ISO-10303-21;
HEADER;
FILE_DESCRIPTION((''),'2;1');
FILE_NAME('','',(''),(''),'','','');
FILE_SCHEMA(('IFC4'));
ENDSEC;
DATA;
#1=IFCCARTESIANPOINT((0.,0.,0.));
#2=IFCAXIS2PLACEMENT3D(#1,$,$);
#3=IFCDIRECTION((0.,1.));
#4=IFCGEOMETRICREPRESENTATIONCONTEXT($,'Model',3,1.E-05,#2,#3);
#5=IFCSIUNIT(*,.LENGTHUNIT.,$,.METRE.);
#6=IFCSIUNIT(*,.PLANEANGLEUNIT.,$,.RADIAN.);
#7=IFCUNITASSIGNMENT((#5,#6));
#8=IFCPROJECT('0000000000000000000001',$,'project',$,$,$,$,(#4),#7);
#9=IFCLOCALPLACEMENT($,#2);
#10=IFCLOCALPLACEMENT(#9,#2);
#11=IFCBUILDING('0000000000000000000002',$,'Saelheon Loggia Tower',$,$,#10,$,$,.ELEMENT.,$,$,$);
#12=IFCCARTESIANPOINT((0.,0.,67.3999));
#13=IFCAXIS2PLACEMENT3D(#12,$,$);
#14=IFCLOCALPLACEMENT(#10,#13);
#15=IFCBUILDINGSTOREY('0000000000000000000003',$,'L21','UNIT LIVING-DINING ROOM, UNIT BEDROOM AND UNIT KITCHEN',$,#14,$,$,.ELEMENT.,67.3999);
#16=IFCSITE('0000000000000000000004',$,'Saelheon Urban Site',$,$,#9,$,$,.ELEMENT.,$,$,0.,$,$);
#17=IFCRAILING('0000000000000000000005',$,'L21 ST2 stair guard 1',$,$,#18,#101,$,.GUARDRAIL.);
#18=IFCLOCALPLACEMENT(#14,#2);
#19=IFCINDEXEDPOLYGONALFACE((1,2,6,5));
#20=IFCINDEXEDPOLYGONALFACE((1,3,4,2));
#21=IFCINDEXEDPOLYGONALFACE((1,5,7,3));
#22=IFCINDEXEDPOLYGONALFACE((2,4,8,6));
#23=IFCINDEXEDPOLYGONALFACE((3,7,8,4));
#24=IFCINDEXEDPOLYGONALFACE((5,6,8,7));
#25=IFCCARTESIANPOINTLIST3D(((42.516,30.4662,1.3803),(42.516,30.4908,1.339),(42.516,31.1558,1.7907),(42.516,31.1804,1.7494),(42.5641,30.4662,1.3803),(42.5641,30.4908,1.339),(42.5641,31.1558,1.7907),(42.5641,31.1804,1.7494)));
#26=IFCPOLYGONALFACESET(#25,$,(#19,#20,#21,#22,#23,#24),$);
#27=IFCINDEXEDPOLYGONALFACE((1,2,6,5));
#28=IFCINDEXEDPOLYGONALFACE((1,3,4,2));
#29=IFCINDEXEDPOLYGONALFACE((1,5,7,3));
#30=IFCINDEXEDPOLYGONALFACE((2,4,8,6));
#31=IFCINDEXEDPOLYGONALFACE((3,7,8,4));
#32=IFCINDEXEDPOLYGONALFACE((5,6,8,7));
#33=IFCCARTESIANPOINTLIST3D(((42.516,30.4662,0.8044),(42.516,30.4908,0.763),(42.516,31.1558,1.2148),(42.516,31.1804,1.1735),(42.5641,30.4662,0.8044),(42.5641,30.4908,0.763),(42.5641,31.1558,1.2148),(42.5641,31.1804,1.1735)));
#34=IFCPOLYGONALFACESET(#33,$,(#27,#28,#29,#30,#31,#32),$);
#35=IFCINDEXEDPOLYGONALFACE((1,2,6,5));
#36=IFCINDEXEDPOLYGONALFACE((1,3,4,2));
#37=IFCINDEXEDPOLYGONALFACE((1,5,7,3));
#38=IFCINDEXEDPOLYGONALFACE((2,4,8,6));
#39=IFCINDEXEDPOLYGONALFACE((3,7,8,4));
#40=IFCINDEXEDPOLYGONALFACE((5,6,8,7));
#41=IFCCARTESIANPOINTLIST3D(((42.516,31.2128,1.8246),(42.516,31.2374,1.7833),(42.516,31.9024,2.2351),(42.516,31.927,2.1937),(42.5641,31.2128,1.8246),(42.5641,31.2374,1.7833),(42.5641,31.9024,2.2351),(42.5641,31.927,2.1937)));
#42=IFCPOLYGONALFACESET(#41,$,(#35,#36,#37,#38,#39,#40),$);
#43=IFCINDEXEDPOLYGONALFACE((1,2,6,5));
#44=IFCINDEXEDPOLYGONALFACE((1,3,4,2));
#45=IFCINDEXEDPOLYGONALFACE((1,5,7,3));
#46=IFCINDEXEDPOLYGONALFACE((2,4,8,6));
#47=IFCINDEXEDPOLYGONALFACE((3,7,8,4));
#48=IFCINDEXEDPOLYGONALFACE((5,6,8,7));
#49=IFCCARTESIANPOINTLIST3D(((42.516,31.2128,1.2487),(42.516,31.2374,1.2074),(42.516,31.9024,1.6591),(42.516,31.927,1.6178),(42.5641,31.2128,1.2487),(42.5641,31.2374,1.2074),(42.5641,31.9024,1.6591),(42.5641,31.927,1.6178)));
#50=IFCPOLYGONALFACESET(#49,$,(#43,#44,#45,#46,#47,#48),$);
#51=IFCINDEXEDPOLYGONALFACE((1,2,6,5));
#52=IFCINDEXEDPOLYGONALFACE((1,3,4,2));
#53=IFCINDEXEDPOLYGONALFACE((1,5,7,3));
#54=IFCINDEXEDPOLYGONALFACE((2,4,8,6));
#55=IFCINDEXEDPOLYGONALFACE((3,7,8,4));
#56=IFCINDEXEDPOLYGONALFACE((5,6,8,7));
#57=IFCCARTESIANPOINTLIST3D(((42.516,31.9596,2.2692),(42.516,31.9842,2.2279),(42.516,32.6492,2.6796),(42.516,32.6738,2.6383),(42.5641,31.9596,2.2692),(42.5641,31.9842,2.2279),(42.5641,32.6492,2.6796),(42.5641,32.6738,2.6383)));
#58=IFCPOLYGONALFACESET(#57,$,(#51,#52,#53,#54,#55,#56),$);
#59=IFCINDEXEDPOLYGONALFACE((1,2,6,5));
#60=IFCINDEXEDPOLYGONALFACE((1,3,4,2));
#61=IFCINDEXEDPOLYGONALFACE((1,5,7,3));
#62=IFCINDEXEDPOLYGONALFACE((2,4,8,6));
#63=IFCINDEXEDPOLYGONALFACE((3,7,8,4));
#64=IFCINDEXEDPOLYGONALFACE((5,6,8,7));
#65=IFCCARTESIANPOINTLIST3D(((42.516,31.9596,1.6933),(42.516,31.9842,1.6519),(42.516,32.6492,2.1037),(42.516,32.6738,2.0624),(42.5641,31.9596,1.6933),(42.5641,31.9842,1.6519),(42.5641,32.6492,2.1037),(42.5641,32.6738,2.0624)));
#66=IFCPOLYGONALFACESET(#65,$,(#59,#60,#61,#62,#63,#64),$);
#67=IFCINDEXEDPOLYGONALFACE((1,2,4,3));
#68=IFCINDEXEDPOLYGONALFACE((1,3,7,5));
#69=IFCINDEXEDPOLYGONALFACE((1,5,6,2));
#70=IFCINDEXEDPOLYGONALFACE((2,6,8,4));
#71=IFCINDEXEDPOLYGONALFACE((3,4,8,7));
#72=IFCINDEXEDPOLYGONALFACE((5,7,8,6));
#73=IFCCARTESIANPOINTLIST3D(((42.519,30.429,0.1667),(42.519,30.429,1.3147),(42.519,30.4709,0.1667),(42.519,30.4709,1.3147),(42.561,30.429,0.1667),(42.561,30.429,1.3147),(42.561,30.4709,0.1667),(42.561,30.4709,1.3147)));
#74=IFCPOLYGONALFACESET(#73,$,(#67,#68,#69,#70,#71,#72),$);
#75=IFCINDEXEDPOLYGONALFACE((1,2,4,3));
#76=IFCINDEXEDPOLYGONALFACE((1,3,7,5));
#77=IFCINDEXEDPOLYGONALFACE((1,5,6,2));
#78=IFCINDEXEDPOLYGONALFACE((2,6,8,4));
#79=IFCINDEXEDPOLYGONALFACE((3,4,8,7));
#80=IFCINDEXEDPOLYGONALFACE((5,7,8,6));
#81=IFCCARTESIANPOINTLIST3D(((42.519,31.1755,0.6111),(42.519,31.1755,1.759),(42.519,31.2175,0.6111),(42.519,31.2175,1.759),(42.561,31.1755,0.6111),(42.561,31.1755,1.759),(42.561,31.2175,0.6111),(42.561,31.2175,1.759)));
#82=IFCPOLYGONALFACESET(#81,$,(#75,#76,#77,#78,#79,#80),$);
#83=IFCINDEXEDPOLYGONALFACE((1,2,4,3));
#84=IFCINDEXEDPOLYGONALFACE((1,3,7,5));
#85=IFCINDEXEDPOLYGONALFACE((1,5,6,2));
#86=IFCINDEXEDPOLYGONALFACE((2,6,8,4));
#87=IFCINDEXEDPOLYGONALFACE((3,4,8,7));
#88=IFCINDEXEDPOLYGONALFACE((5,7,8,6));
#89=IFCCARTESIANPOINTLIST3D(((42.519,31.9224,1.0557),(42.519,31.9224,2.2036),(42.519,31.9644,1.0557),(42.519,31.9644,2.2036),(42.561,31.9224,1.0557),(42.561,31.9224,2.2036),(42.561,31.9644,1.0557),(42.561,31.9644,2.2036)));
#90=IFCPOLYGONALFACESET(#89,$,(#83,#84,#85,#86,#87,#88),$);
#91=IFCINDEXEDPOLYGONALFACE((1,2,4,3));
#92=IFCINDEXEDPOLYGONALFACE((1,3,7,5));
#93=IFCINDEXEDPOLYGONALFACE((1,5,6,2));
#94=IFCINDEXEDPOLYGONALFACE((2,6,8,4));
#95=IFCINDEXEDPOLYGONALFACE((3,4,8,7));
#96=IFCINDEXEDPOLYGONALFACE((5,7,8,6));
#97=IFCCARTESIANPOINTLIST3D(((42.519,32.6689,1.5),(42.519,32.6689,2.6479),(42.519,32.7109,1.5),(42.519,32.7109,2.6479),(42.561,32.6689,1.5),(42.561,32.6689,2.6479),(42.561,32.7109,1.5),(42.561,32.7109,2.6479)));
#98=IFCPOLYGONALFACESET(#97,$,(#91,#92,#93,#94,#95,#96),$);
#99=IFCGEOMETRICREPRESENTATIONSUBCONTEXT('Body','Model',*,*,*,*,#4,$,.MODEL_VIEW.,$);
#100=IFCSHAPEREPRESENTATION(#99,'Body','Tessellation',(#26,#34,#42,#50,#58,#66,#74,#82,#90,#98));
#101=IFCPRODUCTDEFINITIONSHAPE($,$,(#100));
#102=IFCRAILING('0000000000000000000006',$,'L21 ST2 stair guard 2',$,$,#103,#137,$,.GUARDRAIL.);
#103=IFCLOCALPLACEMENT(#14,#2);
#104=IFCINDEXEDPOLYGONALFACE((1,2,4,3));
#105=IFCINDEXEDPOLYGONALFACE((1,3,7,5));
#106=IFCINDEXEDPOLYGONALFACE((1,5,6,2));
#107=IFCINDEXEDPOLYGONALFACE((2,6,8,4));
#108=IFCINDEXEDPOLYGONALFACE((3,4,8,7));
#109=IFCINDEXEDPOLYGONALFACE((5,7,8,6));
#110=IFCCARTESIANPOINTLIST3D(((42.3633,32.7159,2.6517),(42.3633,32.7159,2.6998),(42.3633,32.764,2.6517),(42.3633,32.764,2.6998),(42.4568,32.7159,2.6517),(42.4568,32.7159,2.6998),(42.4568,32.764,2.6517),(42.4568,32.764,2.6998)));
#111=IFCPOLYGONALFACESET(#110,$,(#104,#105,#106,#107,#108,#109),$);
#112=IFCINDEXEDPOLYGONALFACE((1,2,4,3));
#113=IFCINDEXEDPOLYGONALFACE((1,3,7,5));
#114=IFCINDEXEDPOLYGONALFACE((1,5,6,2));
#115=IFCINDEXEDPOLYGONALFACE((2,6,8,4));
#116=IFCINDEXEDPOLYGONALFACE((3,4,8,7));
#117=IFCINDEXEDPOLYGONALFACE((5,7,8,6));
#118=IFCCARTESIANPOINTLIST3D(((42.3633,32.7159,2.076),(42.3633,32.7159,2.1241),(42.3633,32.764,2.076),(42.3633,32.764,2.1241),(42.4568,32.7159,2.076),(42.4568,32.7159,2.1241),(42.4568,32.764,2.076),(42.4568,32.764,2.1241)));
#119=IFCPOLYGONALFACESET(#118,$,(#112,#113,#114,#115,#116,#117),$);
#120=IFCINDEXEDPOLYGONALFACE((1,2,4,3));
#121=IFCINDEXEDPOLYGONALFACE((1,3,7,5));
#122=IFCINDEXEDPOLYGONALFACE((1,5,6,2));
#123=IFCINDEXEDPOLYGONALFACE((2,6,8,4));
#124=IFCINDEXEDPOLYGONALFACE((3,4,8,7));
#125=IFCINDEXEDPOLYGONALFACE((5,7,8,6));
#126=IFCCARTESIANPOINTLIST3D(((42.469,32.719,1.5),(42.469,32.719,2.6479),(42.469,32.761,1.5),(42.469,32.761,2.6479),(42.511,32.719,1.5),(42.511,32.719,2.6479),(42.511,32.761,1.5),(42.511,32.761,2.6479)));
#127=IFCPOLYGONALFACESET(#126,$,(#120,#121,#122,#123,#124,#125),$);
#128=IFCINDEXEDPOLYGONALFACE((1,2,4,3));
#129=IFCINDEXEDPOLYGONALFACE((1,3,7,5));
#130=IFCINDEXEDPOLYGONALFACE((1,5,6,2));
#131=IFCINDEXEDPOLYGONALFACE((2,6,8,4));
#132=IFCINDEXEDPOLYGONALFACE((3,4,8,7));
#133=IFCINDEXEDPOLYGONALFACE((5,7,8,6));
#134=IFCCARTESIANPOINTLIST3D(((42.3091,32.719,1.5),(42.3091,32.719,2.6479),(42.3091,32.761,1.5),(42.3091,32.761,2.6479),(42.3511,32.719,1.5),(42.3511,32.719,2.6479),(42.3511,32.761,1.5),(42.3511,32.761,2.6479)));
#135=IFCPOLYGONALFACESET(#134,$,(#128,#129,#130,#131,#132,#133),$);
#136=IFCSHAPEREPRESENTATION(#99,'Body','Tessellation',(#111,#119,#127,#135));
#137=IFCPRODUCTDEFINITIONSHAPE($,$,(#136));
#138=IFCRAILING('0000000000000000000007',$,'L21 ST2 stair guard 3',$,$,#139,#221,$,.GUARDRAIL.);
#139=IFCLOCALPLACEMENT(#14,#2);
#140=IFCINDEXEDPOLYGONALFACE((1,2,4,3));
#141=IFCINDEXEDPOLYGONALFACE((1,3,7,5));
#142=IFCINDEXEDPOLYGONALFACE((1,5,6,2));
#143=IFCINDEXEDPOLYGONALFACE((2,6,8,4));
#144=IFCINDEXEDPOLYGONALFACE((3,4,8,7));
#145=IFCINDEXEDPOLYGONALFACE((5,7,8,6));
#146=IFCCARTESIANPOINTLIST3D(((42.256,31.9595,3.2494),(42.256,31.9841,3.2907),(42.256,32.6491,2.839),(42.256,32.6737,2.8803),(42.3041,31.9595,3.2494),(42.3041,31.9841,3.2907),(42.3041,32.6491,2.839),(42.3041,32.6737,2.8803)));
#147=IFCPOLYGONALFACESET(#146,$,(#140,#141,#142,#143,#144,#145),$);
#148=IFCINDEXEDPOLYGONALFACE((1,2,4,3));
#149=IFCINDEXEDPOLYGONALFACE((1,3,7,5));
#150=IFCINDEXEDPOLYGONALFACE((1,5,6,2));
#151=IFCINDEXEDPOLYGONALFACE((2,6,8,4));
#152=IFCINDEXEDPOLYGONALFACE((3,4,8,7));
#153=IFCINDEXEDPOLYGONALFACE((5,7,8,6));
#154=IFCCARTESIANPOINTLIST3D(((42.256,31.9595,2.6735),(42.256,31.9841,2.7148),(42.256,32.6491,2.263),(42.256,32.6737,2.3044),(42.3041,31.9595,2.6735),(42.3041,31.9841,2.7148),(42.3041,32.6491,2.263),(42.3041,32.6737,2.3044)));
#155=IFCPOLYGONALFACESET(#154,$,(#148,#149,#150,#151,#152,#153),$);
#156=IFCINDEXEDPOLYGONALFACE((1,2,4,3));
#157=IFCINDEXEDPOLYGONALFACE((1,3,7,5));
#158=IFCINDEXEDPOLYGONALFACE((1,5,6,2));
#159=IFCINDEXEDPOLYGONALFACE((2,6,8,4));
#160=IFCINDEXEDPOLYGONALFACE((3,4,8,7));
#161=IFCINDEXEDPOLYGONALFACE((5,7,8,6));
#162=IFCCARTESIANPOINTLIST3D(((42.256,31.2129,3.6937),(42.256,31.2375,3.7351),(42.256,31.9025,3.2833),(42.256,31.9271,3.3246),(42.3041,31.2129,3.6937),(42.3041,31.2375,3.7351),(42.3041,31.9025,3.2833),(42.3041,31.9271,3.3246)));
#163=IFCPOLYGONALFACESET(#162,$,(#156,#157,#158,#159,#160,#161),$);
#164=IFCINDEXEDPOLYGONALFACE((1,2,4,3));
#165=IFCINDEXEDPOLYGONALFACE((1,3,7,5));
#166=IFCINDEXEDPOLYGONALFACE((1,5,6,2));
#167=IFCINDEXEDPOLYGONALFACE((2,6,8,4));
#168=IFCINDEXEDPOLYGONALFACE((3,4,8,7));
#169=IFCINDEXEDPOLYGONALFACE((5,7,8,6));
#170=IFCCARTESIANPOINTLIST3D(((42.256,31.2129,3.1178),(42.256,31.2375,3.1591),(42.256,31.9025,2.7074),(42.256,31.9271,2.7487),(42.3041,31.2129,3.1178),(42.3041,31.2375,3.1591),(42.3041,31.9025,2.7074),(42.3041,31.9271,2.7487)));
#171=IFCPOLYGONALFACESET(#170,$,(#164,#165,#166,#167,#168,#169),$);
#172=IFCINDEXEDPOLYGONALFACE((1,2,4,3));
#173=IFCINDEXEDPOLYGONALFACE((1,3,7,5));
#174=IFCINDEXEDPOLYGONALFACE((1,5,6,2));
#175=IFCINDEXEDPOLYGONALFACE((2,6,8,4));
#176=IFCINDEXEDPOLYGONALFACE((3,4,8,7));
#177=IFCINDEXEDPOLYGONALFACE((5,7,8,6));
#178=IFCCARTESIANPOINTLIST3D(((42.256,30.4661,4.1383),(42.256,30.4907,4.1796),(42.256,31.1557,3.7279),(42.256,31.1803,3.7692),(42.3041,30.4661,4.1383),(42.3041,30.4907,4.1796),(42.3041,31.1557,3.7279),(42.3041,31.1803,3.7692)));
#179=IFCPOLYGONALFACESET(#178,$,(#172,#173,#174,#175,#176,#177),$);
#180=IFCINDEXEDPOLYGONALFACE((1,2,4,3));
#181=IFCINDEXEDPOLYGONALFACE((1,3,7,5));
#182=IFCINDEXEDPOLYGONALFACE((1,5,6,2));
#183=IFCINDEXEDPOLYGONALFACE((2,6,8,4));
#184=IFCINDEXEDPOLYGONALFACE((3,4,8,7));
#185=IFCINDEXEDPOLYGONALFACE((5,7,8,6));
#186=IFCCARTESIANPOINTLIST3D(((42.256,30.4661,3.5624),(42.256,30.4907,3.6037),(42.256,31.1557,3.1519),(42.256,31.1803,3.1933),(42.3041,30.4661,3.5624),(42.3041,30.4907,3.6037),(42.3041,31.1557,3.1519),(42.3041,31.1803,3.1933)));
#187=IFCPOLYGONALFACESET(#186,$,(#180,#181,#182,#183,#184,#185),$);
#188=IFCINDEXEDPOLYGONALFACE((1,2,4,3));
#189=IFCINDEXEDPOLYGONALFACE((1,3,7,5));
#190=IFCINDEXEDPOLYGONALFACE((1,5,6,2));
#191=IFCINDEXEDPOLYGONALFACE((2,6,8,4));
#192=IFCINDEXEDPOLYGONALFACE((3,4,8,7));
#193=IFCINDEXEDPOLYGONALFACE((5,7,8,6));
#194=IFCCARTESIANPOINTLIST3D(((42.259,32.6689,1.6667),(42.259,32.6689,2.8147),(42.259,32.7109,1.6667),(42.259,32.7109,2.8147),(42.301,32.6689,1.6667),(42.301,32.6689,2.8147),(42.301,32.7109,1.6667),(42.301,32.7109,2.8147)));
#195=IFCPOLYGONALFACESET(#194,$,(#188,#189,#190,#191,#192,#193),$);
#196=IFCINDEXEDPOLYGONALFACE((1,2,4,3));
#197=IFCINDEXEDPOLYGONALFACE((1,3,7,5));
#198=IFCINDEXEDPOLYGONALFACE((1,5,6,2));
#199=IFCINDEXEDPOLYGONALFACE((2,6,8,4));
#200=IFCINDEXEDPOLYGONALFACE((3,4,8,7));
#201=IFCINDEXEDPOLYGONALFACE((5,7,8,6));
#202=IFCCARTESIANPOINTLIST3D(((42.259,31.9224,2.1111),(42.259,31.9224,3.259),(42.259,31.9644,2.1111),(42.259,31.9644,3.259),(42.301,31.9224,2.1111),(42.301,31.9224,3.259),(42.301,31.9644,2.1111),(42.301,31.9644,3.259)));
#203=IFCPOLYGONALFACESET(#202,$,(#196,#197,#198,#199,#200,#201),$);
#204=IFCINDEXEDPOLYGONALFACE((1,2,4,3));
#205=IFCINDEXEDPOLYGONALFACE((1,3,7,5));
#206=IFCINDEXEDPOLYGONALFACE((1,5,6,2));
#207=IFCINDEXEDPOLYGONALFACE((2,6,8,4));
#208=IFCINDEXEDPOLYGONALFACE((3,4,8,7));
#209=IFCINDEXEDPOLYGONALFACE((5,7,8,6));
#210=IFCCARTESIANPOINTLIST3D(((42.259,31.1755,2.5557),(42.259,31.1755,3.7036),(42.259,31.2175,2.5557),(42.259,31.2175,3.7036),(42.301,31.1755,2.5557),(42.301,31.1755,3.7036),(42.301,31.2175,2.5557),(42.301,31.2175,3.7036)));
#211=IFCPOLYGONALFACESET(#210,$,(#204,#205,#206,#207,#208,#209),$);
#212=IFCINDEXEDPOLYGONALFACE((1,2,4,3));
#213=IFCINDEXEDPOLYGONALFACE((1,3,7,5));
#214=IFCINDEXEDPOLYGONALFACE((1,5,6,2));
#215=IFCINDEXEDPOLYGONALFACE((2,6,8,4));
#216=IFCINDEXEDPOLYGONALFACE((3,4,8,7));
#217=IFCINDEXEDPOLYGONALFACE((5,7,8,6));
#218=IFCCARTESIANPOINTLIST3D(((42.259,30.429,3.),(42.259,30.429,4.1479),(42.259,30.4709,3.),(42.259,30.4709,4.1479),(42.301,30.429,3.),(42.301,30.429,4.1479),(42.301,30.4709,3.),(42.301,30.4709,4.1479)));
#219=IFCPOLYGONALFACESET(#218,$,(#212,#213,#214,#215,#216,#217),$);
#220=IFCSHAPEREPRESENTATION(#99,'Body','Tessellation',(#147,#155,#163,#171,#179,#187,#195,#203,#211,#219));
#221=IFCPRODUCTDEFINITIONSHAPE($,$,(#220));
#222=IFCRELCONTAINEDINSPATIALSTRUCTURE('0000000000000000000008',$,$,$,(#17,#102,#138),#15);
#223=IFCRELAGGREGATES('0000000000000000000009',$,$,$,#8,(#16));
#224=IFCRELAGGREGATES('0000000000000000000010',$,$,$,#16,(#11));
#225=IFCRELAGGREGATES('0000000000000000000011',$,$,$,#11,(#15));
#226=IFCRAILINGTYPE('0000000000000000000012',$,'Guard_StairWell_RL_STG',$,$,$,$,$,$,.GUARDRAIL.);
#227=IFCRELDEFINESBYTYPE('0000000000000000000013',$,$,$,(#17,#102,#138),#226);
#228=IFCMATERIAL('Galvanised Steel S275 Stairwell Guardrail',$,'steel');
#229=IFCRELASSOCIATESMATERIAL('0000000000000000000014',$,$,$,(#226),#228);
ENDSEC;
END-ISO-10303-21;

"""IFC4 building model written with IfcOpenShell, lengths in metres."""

from ifc_helpers import new_model, si_unit, direction, frame, origin, origin_2d, place, context, subcontext, project, spatial, rectangle, extrude, material, type_object, element, save


model = new_model("IFC4")

# Units and contexts
model_context = context("Model", 3, precision=1e-05, world=origin(), true_north=direction((0.0, 1.0)))
body_context = subcontext(model_context, "Body", "Model", "MODEL_VIEW")
ifc_project = project(units=[si_unit("LENGTHUNIT", "METRE"), si_unit("PLANEANGLEUNIT", "RADIAN")], contexts=[model_context])

# Site, building, storey
site_placement = place(None, origin())
site = spatial("IfcSite", under=ifc_project, at=site_placement, Name="Saelheon Urban Site", CompositionType="ELEMENT", RefElevation=0.0)
building_placement = place(site_placement, origin())
building = spatial("IfcBuilding", under=site, at=building_placement, Name="Saelheon Loggia Tower", CompositionType="ELEMENT")
storey_placement = place(building_placement, frame((0.0, 0.0, 67.3999)))
storey = spatial("IfcBuildingStorey", under=building, at=storey_placement, Name="L21", Description="UNIT LIVING-DINING ROOM, UNIT BEDROOM AND UNIT KITCHEN", CompositionType="ELEMENT", Elevation=67.3999)

# Railings
ifc_material_1 = material(Name="Galvanised Steel S275 Stairwell Guardrail", Category="steel")
railing_type_1 = type_object("IfcRailingType", Name="Guard_StairWell_RL_STG", PredefinedType="GUARDRAIL", material=ifc_material_1)
railing_1_placement = place(storey_placement, frame((42.54, 30.45, 0.1667)))
element("IfcRailing", 1, at=railing_1_placement, inside=storey, type_object=railing_type_1, Name="L21 ST2 stair guard 1", PredefinedType="GUARDRAIL", context=body_context, shape_type="SweptSolid", body=[
    extrude(rectangle(XDim=0.0481, YDim=0.0481, at=origin_2d()), frame((0.0, 0.0286, 1.1929), z_axis=(0.0, 0.859306, 0.511462), x_axis=(-1.0, 0.0, 0.0)), (0.0, 0.0, 1.0), 0.8025),
    extrude(rectangle(XDim=0.0481, YDim=0.0481, at=origin_2d()), frame((0.0, 0.0286, 0.6169), z_axis=(0.0, 0.859306, 0.511462), x_axis=(-1.0, 0.0, 0.0)), (0.0, 0.0, 1.0), 0.8025),
    extrude(rectangle(XDim=0.0481, YDim=0.0481, at=origin_2d()), frame((0.0, 0.7751, 1.6372), z_axis=(0.0, 0.859306, 0.511462), x_axis=(-1.0, 0.0, 0.0)), (0.0, 0.0, 1.0), 0.8025),
    extrude(rectangle(XDim=0.0481, YDim=0.0481, at=origin_2d()), frame((0.0, 0.7751, 1.0613), z_axis=(0.0, 0.859306, 0.511462), x_axis=(-1.0, 0.0, 0.0)), (0.0, 0.0, 1.0), 0.8025),
    extrude(rectangle(XDim=0.0481, YDim=0.0481, at=origin_2d()), frame((0.0, 1.522, 2.0818), z_axis=(0.0, 0.859306, 0.511462), x_axis=(-1.0, 0.0, 0.0)), (0.0, 0.0, 1.0), 0.8025),
    extrude(rectangle(XDim=0.0481, YDim=0.0481, at=origin_2d()), frame((0.0, 1.522, 1.5059), z_axis=(0.0, 0.859306, 0.511462), x_axis=(-1.0, 0.0, 0.0)), (0.0, 0.0, 1.0), 0.8025),
    extrude(rectangle(XDim=0.042, YDim=0.042, at=origin_2d()), origin(), (0.0, 0.0, 1.0), 1.1479),
    extrude(rectangle(XDim=0.042, YDim=0.042, at=origin_2d()), frame((0.0, 0.7466, 0.4443)), (0.0, 0.0, 1.0), 1.1479),
    extrude(rectangle(XDim=0.042, YDim=0.042, at=origin_2d()), frame((0.0, 1.4934, 0.8889)), (0.0, 0.0, 1.0), 1.1479),
    extrude(rectangle(XDim=0.042, YDim=0.042, at=origin_2d()), frame((0.0, 2.24, 1.3333)), (0.0, 0.0, 1.0), 1.1479),
])
railing_2_placement = place(storey_placement, frame((42.49, 32.74, 1.5)))
element("IfcRailing", 2, at=railing_2_placement, inside=storey, type_object=railing_type_1, Name="L21 ST2 stair guard 2", PredefinedType="GUARDRAIL", context=body_context, shape_type="SweptSolid", body=[
    extrude(rectangle(XDim=0.0481, YDim=0.0481, at=origin_2d()), frame((-0.0332, 0.0, 1.1758), z_axis=(-1.0, 0.0, 0.0), x_axis=(0.0, -1.0, 0.0)), (0.0, 0.0, 1.0), 0.0935),
    extrude(rectangle(XDim=0.0481, YDim=0.0481, at=origin_2d()), frame((-0.0332, 0.0, 0.6001), z_axis=(-1.0, 0.0, 0.0), x_axis=(0.0, -1.0, 0.0)), (0.0, 0.0, 1.0), 0.0935),
    extrude(rectangle(XDim=0.042, YDim=0.042, at=origin_2d()), origin(), (0.0, 0.0, 1.0), 1.1479),
    extrude(rectangle(XDim=0.042, YDim=0.042, at=origin_2d()), frame((-0.1599, 0.0, 0.0)), (0.0, 0.0, 1.0), 1.1479),
])
railing_3_placement = place(storey_placement, frame((42.28, 32.6899, 1.6667)))
element("IfcRailing", 3, at=railing_3_placement, inside=storey, type_object=railing_type_1, Name="L21 ST2 stair guard 3", PredefinedType="GUARDRAIL", context=body_context, shape_type="SweptSolid", body=[
    extrude(rectangle(XDim=0.0481, YDim=0.0481, at=origin_2d()), frame((0.0, -0.0286, 1.1929), z_axis=(0.0, -0.859306, 0.511462), x_axis=(1.0, 0.0, 0.0)), (0.0, 0.0, 1.0), 0.8025),
    extrude(rectangle(XDim=0.0481, YDim=0.0481, at=origin_2d()), frame((0.0, -0.0286, 0.6169), z_axis=(0.0, -0.859306, 0.511462), x_axis=(1.0, 0.0, 0.0)), (0.0, 0.0, 1.0), 0.8025),
    extrude(rectangle(XDim=0.0481, YDim=0.0481, at=origin_2d()), frame((0.0, -0.7751, 1.6372), z_axis=(0.0, -0.859306, 0.511462), x_axis=(1.0, 0.0, 0.0)), (0.0, 0.0, 1.0), 0.8025),
    extrude(rectangle(XDim=0.0481, YDim=0.0481, at=origin_2d()), frame((0.0, -0.7751, 1.0613), z_axis=(0.0, -0.859306, 0.511462), x_axis=(1.0, 0.0, 0.0)), (0.0, 0.0, 1.0), 0.8025),
    extrude(rectangle(XDim=0.0481, YDim=0.0481, at=origin_2d()), frame((0.0, -1.522, 2.0818), z_axis=(0.0, -0.859306, 0.511462), x_axis=(1.0, 0.0, 0.0)), (0.0, 0.0, 1.0), 0.8025),
    extrude(rectangle(XDim=0.0481, YDim=0.0481, at=origin_2d()), frame((0.0, -1.522, 1.5059), z_axis=(0.0, -0.859306, 0.511462), x_axis=(1.0, 0.0, 0.0)), (0.0, 0.0, 1.0), 0.8025),
    extrude(rectangle(XDim=0.042, YDim=0.042, at=origin_2d()), origin(), (0.0, 0.0, 1.0), 1.1479),
    extrude(rectangle(XDim=0.042, YDim=0.042, at=origin_2d()), frame((0.0, -0.7466, 0.4443)), (0.0, 0.0, 1.0), 1.1479),
    extrude(rectangle(XDim=0.042, YDim=0.042, at=origin_2d()), frame((0.0, -1.4934, 0.8889)), (0.0, 0.0, 1.0), 1.1479),
    extrude(rectangle(XDim=0.042, YDim=0.042, at=origin_2d()), frame((0.0, -2.24, 1.3333)), (0.0, 0.0, 1.0), 1.1479),
])

save(model, "model.ifc")
